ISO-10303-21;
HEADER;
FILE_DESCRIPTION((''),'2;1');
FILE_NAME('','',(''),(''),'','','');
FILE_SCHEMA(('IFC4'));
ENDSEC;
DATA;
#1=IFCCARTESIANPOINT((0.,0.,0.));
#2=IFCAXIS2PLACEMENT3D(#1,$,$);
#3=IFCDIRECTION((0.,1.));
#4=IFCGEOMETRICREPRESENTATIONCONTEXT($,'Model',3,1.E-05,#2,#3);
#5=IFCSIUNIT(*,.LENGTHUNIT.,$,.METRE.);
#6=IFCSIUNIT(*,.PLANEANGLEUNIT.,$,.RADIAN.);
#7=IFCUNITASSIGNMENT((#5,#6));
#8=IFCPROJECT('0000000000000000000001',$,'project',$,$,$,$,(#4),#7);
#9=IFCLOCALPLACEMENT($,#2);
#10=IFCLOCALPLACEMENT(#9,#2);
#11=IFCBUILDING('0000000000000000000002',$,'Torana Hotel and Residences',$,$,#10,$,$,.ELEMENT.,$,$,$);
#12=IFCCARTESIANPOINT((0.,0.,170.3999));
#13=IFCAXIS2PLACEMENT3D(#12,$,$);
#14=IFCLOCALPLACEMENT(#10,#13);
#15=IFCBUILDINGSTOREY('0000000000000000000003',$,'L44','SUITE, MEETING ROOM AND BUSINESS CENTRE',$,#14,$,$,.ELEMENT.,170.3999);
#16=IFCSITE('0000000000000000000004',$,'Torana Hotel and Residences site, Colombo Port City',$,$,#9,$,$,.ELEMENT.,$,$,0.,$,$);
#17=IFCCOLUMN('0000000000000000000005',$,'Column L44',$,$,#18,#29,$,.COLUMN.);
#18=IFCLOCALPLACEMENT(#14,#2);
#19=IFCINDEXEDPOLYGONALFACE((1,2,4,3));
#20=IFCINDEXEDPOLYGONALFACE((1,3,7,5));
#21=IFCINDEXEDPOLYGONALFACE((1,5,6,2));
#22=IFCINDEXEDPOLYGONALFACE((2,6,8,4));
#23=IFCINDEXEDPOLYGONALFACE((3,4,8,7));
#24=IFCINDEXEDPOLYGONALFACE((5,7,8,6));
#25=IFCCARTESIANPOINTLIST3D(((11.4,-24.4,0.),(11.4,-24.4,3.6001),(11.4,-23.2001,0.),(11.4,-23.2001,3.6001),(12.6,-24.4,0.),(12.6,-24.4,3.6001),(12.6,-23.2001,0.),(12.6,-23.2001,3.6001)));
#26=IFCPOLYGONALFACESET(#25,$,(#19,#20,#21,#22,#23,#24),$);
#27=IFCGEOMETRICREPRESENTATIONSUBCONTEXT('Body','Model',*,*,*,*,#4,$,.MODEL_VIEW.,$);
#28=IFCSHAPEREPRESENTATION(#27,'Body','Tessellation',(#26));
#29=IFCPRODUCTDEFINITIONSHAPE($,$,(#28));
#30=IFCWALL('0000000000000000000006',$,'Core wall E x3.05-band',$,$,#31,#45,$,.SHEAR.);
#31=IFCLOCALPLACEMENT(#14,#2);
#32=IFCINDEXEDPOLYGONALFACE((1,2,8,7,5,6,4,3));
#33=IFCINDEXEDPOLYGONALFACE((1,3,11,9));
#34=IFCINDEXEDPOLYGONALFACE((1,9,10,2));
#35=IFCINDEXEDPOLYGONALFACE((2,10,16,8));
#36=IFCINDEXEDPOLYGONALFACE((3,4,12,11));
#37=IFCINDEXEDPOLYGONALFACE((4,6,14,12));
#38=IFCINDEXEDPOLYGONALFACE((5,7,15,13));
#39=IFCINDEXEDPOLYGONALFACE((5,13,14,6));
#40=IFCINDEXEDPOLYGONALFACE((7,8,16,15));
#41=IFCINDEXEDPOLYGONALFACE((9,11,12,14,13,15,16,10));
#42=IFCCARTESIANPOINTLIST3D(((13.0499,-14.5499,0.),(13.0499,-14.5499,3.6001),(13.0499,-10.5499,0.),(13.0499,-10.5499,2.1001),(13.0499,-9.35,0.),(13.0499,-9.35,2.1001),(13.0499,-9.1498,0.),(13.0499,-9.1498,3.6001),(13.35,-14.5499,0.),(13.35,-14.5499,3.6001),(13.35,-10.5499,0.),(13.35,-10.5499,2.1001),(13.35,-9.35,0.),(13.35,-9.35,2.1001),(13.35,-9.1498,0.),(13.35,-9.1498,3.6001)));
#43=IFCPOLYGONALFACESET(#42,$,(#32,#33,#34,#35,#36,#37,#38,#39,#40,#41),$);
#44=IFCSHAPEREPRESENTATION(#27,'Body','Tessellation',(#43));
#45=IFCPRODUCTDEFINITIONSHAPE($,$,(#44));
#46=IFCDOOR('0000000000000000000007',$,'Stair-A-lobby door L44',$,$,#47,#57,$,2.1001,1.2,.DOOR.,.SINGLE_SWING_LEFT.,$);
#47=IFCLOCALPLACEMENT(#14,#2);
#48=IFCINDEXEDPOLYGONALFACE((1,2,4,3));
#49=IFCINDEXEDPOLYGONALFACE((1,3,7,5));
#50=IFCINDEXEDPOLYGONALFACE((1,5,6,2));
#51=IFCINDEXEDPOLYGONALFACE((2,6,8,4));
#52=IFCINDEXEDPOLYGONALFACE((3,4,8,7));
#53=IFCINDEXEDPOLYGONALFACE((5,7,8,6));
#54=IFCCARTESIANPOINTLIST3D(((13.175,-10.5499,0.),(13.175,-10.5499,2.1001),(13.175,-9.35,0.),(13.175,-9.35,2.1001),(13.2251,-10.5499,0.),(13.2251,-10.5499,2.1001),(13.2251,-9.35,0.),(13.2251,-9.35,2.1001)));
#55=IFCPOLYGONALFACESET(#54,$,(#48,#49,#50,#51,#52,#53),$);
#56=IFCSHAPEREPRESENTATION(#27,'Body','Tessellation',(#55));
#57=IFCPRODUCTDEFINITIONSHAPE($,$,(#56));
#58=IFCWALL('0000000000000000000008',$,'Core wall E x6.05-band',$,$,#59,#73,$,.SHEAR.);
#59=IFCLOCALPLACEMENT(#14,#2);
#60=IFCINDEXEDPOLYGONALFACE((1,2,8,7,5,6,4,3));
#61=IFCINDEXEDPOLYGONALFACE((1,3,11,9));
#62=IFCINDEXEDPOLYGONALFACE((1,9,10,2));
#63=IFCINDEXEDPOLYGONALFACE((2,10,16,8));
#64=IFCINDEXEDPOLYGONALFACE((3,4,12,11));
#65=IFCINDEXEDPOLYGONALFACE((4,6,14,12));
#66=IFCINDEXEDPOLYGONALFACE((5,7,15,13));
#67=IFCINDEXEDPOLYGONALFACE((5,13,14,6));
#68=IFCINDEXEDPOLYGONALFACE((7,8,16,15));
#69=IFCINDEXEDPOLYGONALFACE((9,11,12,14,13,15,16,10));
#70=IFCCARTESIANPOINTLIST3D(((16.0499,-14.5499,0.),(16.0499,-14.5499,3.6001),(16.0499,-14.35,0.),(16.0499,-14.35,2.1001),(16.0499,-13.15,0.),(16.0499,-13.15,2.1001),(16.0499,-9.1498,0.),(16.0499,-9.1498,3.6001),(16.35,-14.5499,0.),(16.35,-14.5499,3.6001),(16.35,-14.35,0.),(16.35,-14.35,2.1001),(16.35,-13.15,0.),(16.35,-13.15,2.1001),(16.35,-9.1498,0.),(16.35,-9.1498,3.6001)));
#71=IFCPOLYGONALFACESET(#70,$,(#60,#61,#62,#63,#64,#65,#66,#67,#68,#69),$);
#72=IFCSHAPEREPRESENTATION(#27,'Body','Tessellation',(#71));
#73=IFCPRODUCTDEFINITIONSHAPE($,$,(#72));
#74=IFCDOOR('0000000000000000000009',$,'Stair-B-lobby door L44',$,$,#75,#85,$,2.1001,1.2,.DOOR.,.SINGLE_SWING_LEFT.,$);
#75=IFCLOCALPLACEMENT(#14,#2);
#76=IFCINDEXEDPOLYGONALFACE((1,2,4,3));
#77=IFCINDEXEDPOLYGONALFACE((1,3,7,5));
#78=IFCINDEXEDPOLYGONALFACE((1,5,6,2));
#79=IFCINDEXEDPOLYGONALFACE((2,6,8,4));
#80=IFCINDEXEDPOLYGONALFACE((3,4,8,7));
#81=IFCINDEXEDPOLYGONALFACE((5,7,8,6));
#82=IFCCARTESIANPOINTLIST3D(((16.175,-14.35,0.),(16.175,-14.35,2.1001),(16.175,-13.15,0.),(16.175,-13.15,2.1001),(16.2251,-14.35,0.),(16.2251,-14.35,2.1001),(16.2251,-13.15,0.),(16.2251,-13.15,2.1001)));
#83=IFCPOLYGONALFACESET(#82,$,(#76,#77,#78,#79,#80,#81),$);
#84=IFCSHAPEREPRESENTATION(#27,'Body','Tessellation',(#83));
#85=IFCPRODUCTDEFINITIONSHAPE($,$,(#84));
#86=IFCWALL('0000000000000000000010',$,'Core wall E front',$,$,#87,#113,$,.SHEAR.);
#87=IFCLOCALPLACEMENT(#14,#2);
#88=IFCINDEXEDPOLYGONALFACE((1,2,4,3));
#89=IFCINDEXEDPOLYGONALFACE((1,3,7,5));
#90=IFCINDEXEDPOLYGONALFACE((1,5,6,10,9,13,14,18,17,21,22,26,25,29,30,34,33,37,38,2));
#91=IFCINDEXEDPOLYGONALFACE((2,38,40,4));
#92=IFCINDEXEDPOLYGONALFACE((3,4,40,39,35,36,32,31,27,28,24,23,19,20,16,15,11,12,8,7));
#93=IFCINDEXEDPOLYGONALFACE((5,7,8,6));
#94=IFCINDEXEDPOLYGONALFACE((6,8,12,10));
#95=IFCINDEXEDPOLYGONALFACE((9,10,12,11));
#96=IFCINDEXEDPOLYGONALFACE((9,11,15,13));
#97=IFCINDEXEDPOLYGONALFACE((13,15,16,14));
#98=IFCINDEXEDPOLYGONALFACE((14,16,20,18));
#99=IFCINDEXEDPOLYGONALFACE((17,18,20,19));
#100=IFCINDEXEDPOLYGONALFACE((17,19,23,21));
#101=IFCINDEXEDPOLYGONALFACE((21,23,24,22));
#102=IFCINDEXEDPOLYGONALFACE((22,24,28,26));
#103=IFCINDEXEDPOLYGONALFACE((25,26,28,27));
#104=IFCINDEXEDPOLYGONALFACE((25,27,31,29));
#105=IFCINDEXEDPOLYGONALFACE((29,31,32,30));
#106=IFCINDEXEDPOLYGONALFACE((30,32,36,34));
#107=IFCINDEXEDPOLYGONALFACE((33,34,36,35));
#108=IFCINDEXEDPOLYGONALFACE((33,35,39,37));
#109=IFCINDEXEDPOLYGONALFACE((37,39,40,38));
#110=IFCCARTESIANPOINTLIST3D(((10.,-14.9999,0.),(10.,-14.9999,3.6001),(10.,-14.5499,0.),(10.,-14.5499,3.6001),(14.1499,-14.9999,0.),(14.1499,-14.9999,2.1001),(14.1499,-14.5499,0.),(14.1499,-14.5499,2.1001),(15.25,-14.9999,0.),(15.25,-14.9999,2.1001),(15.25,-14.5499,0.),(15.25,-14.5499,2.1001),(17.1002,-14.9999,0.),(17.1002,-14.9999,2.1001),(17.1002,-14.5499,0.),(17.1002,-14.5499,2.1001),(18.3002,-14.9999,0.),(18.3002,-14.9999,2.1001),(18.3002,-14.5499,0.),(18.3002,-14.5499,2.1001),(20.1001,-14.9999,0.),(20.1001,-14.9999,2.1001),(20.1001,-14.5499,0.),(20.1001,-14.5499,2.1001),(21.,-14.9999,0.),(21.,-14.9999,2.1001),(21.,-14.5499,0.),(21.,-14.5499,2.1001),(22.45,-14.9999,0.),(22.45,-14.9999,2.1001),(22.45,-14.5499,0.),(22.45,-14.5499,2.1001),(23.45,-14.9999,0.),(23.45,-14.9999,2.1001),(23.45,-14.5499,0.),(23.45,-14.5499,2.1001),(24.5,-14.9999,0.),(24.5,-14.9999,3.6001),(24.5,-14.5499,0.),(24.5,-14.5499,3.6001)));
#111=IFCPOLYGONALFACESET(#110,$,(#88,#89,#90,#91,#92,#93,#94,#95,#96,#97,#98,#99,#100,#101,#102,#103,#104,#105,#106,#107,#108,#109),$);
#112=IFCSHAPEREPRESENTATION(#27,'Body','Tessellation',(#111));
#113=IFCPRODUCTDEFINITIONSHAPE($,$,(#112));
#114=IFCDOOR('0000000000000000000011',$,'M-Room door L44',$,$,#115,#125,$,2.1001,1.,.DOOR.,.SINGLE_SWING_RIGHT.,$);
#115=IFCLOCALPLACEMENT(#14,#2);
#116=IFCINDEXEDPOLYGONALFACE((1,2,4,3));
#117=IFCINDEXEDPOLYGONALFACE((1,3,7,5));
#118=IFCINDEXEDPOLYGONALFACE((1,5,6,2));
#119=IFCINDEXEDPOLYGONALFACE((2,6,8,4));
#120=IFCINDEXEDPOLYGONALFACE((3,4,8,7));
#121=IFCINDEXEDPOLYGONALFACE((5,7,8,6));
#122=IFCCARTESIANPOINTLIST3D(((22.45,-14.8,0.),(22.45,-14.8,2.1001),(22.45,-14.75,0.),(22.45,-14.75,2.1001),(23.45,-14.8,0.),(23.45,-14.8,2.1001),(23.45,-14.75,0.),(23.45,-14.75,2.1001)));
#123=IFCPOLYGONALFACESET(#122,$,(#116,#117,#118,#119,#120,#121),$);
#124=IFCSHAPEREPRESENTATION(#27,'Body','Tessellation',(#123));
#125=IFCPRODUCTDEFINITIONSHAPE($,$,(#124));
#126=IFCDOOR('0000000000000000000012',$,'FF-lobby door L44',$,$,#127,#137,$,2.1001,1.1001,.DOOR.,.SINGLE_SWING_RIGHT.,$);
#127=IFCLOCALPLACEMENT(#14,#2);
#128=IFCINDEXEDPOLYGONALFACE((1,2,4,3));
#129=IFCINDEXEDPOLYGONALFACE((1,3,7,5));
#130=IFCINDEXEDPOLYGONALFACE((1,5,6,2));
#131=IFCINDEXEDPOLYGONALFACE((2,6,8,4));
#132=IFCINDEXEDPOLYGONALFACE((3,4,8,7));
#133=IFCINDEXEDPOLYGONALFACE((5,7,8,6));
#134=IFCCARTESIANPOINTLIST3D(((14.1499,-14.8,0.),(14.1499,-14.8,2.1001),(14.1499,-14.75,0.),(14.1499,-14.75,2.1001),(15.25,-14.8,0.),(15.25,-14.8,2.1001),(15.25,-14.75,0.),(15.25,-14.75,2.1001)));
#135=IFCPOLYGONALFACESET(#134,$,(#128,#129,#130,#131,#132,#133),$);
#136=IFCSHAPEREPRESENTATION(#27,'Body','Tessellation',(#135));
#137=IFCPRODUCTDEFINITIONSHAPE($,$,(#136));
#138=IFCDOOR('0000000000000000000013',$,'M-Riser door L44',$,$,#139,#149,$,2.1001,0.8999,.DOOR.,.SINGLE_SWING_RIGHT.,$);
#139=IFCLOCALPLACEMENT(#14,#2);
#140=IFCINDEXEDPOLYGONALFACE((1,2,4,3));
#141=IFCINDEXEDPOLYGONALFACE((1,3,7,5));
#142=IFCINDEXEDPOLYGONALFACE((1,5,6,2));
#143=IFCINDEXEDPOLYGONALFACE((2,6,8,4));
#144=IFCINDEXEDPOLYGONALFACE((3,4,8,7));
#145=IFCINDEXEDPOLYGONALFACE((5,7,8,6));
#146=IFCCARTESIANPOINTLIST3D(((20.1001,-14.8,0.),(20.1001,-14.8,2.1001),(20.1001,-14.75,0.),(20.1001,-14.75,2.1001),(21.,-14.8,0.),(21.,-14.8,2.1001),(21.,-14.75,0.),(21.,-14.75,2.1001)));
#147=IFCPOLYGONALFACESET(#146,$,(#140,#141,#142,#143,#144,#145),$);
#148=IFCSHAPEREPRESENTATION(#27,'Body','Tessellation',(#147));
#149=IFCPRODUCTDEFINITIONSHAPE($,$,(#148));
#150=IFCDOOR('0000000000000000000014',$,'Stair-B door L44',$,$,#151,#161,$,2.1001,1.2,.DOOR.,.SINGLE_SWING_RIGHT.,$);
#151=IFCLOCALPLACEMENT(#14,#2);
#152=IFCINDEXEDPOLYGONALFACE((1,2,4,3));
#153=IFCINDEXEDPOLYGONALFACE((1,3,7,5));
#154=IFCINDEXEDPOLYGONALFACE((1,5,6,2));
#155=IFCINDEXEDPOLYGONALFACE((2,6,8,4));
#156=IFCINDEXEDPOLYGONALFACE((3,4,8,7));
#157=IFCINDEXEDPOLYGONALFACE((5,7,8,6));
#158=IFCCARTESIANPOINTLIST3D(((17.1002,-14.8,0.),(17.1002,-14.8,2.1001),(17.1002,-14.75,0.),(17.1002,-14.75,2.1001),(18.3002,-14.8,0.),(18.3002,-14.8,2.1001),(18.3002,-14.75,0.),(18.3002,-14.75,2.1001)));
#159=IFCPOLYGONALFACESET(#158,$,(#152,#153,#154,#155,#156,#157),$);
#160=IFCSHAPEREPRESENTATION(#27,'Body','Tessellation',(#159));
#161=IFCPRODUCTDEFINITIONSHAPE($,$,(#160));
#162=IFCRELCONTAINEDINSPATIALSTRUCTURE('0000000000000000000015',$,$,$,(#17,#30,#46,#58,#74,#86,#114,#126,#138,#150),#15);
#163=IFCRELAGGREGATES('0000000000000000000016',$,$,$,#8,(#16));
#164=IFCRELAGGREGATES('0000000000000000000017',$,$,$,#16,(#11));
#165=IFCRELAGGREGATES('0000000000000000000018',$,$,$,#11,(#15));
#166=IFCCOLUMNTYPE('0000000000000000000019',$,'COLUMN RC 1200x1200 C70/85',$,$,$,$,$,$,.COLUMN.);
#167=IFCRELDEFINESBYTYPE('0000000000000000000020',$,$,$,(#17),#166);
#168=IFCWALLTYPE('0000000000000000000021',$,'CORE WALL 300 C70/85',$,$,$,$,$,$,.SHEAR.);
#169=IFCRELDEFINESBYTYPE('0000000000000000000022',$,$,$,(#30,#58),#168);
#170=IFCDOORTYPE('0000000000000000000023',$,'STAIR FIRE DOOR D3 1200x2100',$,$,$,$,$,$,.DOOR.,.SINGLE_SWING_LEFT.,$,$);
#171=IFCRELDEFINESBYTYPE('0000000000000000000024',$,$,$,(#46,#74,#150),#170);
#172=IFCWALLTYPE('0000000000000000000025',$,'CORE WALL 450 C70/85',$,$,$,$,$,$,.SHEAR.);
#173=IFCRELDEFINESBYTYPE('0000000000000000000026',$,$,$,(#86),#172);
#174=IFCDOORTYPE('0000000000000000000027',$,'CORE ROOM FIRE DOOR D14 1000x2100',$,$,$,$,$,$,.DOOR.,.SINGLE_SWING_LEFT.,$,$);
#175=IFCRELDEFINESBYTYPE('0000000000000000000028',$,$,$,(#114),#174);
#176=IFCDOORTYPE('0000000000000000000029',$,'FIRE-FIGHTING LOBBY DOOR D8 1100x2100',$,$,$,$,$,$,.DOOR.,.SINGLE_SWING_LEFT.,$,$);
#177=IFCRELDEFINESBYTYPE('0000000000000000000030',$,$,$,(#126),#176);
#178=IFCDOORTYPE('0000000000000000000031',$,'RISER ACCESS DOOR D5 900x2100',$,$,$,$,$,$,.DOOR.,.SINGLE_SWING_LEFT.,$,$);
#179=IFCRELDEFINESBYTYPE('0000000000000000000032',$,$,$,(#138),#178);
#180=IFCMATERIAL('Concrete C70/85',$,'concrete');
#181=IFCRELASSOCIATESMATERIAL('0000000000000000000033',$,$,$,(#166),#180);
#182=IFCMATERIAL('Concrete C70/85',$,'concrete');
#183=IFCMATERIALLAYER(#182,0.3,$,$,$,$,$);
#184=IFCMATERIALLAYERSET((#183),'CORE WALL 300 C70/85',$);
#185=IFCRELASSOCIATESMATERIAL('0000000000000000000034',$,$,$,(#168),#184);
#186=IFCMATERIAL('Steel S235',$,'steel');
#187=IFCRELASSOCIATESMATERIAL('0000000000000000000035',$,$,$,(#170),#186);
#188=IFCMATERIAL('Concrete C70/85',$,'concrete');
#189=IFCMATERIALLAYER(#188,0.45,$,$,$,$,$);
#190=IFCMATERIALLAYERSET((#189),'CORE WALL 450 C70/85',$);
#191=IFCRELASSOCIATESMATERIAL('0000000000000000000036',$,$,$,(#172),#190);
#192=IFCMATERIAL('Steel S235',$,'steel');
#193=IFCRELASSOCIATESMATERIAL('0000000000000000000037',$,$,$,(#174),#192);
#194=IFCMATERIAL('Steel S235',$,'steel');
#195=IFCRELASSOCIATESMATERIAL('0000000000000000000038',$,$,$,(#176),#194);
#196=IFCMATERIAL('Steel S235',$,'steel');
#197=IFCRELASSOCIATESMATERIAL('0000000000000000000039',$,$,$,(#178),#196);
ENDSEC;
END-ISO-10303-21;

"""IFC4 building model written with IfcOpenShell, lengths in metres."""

from ifc_helpers import new_model, si_unit, direction, frame, frame_2d, origin, origin_2d, place, context, subcontext, project, spatial, rectangle, extrude, material, layer, layer_set, material_profile, profile_set, type_object, element, fill, save


model = new_model("IFC4")

# Units and contexts
model_context = context("Model", 3, precision=1e-05, world=origin(), true_north=direction((0.0, 1.0)))
body_context = subcontext(model_context, "Body", "Model", "MODEL_VIEW")
ifc_project = project(units=[si_unit("LENGTHUNIT", "METRE"), si_unit("PLANEANGLEUNIT", "RADIAN")], contexts=[model_context])

# Site, building, storey
site_placement = place(None, origin())
site = spatial("IfcSite", under=ifc_project, at=site_placement, Name="Torana Hotel and Residences site, Colombo Port City", CompositionType="ELEMENT", RefElevation=0.0)
building_placement = place(site_placement, origin())
building = spatial("IfcBuilding", under=site, at=building_placement, Name="Torana Hotel and Residences", CompositionType="ELEMENT")
storey_placement = place(building_placement, frame((0.0, 0.0, 170.3999)))
storey = spatial("IfcBuildingStorey", under=building, at=storey_placement, Name="L44", Description="SUITE, MEETING ROOM AND BUSINESS CENTRE", CompositionType="ELEMENT", Elevation=170.3999)

# Column
ifc_material_1 = material(Name="Concrete C70/85", Category="concrete")
ifc_material_profile = material_profile(ifc_material_1, rectangle(XDim=1.2, YDim=1.2, at=origin_2d()), Name="RC 1200x1200")
ifc_profile_set = profile_set([ifc_material_profile], Name="Concrete C70/85")
column_type = type_object("IfcColumnType", Name="COLUMN RC 1200x1200 C70/85", PredefinedType="COLUMN", material=ifc_profile_set)
column_placement = place(storey_placement, frame((12.0, -23.8, 0.0), z_axis=(0.0, 0.0, 1.0), x_axis=(1.0, 0.0, 0.0)))
element("IfcColumn", 1, at=column_placement, inside=storey, type_object=column_type, Name="Column L44", PredefinedType="COLUMN", context=body_context, shape_type="SweptSolid", body=[
    extrude(rectangle(XDim=1.2, YDim=1.2, at=origin_2d()), origin(), (0.0, 0.0, 1.0), 3.6001),
])

# Walls, openings, doors
ifc_material_2 = material(Name="Concrete C70/85", Category="concrete")
ifc_layer_1 = layer(ifc_material_2, 0.3)
ifc_layer_set_1 = layer_set([ifc_layer_1], Name="CORE WALL 300 C70/85")
wall_type_1 = type_object("IfcWallType", Name="CORE WALL 300 C70/85", PredefinedType="SHEAR", material=ifc_layer_set_1)
wall_1_placement = place(storey_placement, frame((13.2, -14.55, 0.0), z_axis=(0.0, 0.0, 1.0), x_axis=(0.0, 1.0, 0.0)))
wall_1 = element("IfcWall", 2, at=wall_1_placement, inside=storey, type_object=wall_type_1, Name="Core wall E x3.05-band", PredefinedType="SHEAR", context=body_context, shape_type="SweptSolid", body=[
    extrude(rectangle(XDim=5.4001, YDim=0.3, at=frame_2d((2.7002, 0.0))), origin(), (0.0, 0.0, 1.0), 3.6001),
])
opening_1_placement = place(wall_1_placement, frame((4.0, 0.0, 0.0)))
opening_1 = element("IfcOpeningElement", 3, at=opening_1_placement, cuts=wall_1, PredefinedType="OPENING", context=body_context, shape_type="SweptSolid", body=[
    extrude(rectangle(XDim=1.2, YDim=2.1001, at=frame_2d((0.6001, 1.05))), frame((0.0, 0.1599, 0.0), z_axis=(0.0, -1.0, 0.0), x_axis=(1.0, 0.0, 0.0)), (0.0, 0.0, 1.0), 0.3201),
])
ifc_material_3 = material(Name="Steel S235", Category="steel")
door_type_1 = type_object("IfcDoorType", Name="STAIR FIRE DOOR D3 1200x2100", OperationType="SINGLE_SWING_LEFT", PredefinedType="DOOR", material=ifc_material_3)
door_1_placement = place(opening_1_placement, origin())
door_1 = element("IfcDoor", 4, at=door_1_placement, inside=storey, type_object=door_type_1, Name="Stair-A-lobby door L44", OperationType="SINGLE_SWING_LEFT", OverallHeight=2.1001, OverallWidth=1.2, PredefinedType="DOOR", context=body_context, shape_type="SweptSolid", body=[
    extrude(rectangle(XDim=1.2, YDim=2.1001, at=frame_2d((0.6001, 1.05))), frame((0.0, 0.0249, 0.0), z_axis=(0.0, -1.0, 0.0), x_axis=(1.0, 0.0, 0.0)), (0.0, 0.0, 1.0), 0.05),
])
fill(opening_1, door_1)
wall_2_placement = place(storey_placement, frame((16.2, -14.55, 0.0), z_axis=(0.0, 0.0, 1.0), x_axis=(0.0, 1.0, 0.0)))
wall_2 = element("IfcWall", 5, at=wall_2_placement, inside=storey, type_object=wall_type_1, Name="Core wall E x6.05-band", PredefinedType="SHEAR", context=body_context, shape_type="SweptSolid", body=[
    extrude(rectangle(XDim=5.4001, YDim=0.3, at=frame_2d((2.7002, 0.0))), origin(), (0.0, 0.0, 1.0), 3.6001),
])
opening_2_placement = place(wall_2_placement, frame((0.2, 0.0, 0.0)))
opening_2 = element("IfcOpeningElement", 6, at=opening_2_placement, cuts=wall_2, PredefinedType="OPENING", context=body_context, shape_type="SweptSolid", body=[
    extrude(rectangle(XDim=1.2, YDim=2.1001, at=frame_2d((0.6001, 1.05))), frame((0.0, 0.1599, 0.0), z_axis=(0.0, -1.0, 0.0), x_axis=(1.0, 0.0, 0.0)), (0.0, 0.0, 1.0), 0.3201),
])
door_2_placement = place(opening_2_placement, frame((0.6001, 0.0, 0.0), z_axis=(0.0, 0.0, 1.0), x_axis=(-1.0, 0.0, 0.0)))
door_2 = element("IfcDoor", 7, at=door_2_placement, inside=storey, type_object=door_type_1, Name="Stair-B-lobby door L44", OperationType="SINGLE_SWING_LEFT", OverallHeight=2.1001, OverallWidth=1.2, PredefinedType="DOOR", context=body_context, shape_type="SweptSolid", body=[
    extrude(rectangle(XDim=1.2, YDim=2.1001, at=frame_2d((0.0, 1.05))), frame((0.0, -0.0249, 0.0), z_axis=(0.0, 1.0, 0.0), x_axis=(-1.0, 0.0, 0.0)), (0.0, 0.0, 1.0), 0.05),
])
fill(opening_2, door_2)

# Wall, openings, doors
ifc_material_4 = material(Name="Concrete C70/85", Category="concrete")
ifc_layer_2 = layer(ifc_material_4, 0.45)
ifc_layer_set_2 = layer_set([ifc_layer_2], Name="CORE WALL 450 C70/85")
wall_type_2 = type_object("IfcWallType", Name="CORE WALL 450 C70/85", PredefinedType="SHEAR", material=ifc_layer_set_2)
wall_3_placement = place(storey_placement, frame((10.0, -14.7749, 0.0), z_axis=(0.0, 0.0, 1.0), x_axis=(1.0, 0.0, 0.0)))
wall_3 = element("IfcWall", 8, at=wall_3_placement, inside=storey, type_object=wall_type_2, Name="Core wall E front", PredefinedType="SHEAR", context=body_context, shape_type="SweptSolid", body=[
    extrude(rectangle(XDim=14.5, YDim=0.45, at=frame_2d((7.25, 0.0))), origin(), (0.0, 0.0, 1.0), 3.6001),
])
opening_3_placement = place(wall_3_placement, frame((7.1001, 0.0, 0.0)))
opening_3 = element("IfcOpeningElement", 9, at=opening_3_placement, cuts=wall_3, PredefinedType="OPENING", context=body_context, shape_type="SweptSolid", body=[
    extrude(rectangle(XDim=1.2, YDim=2.1001, at=frame_2d((0.6001, 1.05))), frame((0.0, 0.2349, 0.0), z_axis=(0.0, -1.0, 0.0), x_axis=(1.0, 0.0, 0.0)), (0.0, 0.0, 1.0), 0.47),
])
opening_4_placement = place(wall_3_placement, frame((4.1499, 0.0, 0.0)))
opening_4 = element("IfcOpeningElement", 10, at=opening_4_placement, cuts=wall_3, PredefinedType="OPENING", context=body_context, shape_type="SweptSolid", body=[
    extrude(rectangle(XDim=1.1001, YDim=2.1001, at=frame_2d((0.55, 1.05))), frame((0.0, 0.2349, 0.0), z_axis=(0.0, -1.0, 0.0), x_axis=(1.0, 0.0, 0.0)), (0.0, 0.0, 1.0), 0.47),
])
opening_5_placement = place(wall_3_placement, frame((10.1001, 0.0, 0.0)))
opening_5 = element("IfcOpeningElement", 11, at=opening_5_placement, cuts=wall_3, PredefinedType="OPENING", context=body_context, shape_type="SweptSolid", body=[
    extrude(rectangle(XDim=0.8999, YDim=2.1001, at=frame_2d((0.45, 1.05))), frame((0.0, 0.2349, 0.0), z_axis=(0.0, -1.0, 0.0), x_axis=(1.0, 0.0, 0.0)), (0.0, 0.0, 1.0), 0.47),
])
opening_6_placement = place(wall_3_placement, frame((12.45, 0.0, 0.0)))
opening_6 = element("IfcOpeningElement", 12, at=opening_6_placement, cuts=wall_3, PredefinedType="OPENING", context=body_context, shape_type="SweptSolid", body=[
    extrude(rectangle(XDim=1.0, YDim=2.1001, at=frame_2d((0.5, 1.05))), frame((0.0, 0.2349, 0.0), z_axis=(0.0, -1.0, 0.0), x_axis=(1.0, 0.0, 0.0)), (0.0, 0.0, 1.0), 0.47),
])
ifc_material_5 = material(Name="Steel S235", Category="steel")
door_type_2 = type_object("IfcDoorType", Name="CORE ROOM FIRE DOOR D14 1000x2100", OperationType="SINGLE_SWING_LEFT", PredefinedType="DOOR", material=ifc_material_5)
door_3_placement = place(opening_6_placement, origin())
door_3 = element("IfcDoor", 13, at=door_3_placement, inside=storey, type_object=door_type_2, Name="M-Room door L44", OperationType="SINGLE_SWING_RIGHT", OverallHeight=2.1001, OverallWidth=1.0, PredefinedType="DOOR", context=body_context, shape_type="SweptSolid", body=[
    extrude(rectangle(XDim=1.0, YDim=2.1001, at=frame_2d((0.5, 1.05))), frame((0.0, 0.0249, 0.0), z_axis=(0.0, -1.0, 0.0), x_axis=(1.0, 0.0, 0.0)), (0.0, 0.0, 1.0), 0.05),
])
fill(opening_6, door_3)
ifc_material_6 = material(Name="Steel S235", Category="steel")
door_type_3 = type_object("IfcDoorType", Name="FIRE-FIGHTING LOBBY DOOR D8 1100x2100", OperationType="SINGLE_SWING_LEFT", PredefinedType="DOOR", material=ifc_material_6)
door_4_placement = place(opening_4_placement, origin())
door_4 = element("IfcDoor", 14, at=door_4_placement, inside=storey, type_object=door_type_3, Name="FF-lobby door L44", OperationType="SINGLE_SWING_RIGHT", OverallHeight=2.1001, OverallWidth=1.1001, PredefinedType="DOOR", context=body_context, shape_type="SweptSolid", body=[
    extrude(rectangle(XDim=1.1001, YDim=2.1001, at=frame_2d((0.55, 1.05))), frame((0.0, 0.0249, 0.0), z_axis=(0.0, -1.0, 0.0), x_axis=(1.0, 0.0, 0.0)), (0.0, 0.0, 1.0), 0.05),
])
fill(opening_4, door_4)
ifc_material_7 = material(Name="Steel S235", Category="steel")
door_type_4 = type_object("IfcDoorType", Name="RISER ACCESS DOOR D5 900x2100", OperationType="SINGLE_SWING_LEFT", PredefinedType="DOOR", material=ifc_material_7)
door_5_placement = place(opening_5_placement, origin())
door_5 = element("IfcDoor", 15, at=door_5_placement, inside=storey, type_object=door_type_4, Name="M-Riser door L44", OperationType="SINGLE_SWING_RIGHT", OverallHeight=2.1001, OverallWidth=0.8999, PredefinedType="DOOR", context=body_context, shape_type="SweptSolid", body=[
    extrude(rectangle(XDim=0.8999, YDim=2.1001, at=frame_2d((0.45, 1.05))), frame((0.0, 0.0249, 0.0), z_axis=(0.0, -1.0, 0.0), x_axis=(1.0, 0.0, 0.0)), (0.0, 0.0, 1.0), 0.05),
])
fill(opening_5, door_5)
door_6_placement = place(opening_3_placement, origin())
door_6 = element("IfcDoor", 16, at=door_6_placement, inside=storey, type_object=door_type_1, Name="Stair-B door L44", OperationType="SINGLE_SWING_RIGHT", OverallHeight=2.1001, OverallWidth=1.2, PredefinedType="DOOR", context=body_context, shape_type="SweptSolid", body=[
    extrude(rectangle(XDim=1.2, YDim=2.1001, at=frame_2d((0.6001, 1.05))), frame((0.0, 0.0249, 0.0), z_axis=(0.0, -1.0, 0.0), x_axis=(1.0, 0.0, 0.0)), (0.0, 0.0, 1.0), 0.05),
])
fill(opening_3, door_6)

save(model, "model.ifc")
